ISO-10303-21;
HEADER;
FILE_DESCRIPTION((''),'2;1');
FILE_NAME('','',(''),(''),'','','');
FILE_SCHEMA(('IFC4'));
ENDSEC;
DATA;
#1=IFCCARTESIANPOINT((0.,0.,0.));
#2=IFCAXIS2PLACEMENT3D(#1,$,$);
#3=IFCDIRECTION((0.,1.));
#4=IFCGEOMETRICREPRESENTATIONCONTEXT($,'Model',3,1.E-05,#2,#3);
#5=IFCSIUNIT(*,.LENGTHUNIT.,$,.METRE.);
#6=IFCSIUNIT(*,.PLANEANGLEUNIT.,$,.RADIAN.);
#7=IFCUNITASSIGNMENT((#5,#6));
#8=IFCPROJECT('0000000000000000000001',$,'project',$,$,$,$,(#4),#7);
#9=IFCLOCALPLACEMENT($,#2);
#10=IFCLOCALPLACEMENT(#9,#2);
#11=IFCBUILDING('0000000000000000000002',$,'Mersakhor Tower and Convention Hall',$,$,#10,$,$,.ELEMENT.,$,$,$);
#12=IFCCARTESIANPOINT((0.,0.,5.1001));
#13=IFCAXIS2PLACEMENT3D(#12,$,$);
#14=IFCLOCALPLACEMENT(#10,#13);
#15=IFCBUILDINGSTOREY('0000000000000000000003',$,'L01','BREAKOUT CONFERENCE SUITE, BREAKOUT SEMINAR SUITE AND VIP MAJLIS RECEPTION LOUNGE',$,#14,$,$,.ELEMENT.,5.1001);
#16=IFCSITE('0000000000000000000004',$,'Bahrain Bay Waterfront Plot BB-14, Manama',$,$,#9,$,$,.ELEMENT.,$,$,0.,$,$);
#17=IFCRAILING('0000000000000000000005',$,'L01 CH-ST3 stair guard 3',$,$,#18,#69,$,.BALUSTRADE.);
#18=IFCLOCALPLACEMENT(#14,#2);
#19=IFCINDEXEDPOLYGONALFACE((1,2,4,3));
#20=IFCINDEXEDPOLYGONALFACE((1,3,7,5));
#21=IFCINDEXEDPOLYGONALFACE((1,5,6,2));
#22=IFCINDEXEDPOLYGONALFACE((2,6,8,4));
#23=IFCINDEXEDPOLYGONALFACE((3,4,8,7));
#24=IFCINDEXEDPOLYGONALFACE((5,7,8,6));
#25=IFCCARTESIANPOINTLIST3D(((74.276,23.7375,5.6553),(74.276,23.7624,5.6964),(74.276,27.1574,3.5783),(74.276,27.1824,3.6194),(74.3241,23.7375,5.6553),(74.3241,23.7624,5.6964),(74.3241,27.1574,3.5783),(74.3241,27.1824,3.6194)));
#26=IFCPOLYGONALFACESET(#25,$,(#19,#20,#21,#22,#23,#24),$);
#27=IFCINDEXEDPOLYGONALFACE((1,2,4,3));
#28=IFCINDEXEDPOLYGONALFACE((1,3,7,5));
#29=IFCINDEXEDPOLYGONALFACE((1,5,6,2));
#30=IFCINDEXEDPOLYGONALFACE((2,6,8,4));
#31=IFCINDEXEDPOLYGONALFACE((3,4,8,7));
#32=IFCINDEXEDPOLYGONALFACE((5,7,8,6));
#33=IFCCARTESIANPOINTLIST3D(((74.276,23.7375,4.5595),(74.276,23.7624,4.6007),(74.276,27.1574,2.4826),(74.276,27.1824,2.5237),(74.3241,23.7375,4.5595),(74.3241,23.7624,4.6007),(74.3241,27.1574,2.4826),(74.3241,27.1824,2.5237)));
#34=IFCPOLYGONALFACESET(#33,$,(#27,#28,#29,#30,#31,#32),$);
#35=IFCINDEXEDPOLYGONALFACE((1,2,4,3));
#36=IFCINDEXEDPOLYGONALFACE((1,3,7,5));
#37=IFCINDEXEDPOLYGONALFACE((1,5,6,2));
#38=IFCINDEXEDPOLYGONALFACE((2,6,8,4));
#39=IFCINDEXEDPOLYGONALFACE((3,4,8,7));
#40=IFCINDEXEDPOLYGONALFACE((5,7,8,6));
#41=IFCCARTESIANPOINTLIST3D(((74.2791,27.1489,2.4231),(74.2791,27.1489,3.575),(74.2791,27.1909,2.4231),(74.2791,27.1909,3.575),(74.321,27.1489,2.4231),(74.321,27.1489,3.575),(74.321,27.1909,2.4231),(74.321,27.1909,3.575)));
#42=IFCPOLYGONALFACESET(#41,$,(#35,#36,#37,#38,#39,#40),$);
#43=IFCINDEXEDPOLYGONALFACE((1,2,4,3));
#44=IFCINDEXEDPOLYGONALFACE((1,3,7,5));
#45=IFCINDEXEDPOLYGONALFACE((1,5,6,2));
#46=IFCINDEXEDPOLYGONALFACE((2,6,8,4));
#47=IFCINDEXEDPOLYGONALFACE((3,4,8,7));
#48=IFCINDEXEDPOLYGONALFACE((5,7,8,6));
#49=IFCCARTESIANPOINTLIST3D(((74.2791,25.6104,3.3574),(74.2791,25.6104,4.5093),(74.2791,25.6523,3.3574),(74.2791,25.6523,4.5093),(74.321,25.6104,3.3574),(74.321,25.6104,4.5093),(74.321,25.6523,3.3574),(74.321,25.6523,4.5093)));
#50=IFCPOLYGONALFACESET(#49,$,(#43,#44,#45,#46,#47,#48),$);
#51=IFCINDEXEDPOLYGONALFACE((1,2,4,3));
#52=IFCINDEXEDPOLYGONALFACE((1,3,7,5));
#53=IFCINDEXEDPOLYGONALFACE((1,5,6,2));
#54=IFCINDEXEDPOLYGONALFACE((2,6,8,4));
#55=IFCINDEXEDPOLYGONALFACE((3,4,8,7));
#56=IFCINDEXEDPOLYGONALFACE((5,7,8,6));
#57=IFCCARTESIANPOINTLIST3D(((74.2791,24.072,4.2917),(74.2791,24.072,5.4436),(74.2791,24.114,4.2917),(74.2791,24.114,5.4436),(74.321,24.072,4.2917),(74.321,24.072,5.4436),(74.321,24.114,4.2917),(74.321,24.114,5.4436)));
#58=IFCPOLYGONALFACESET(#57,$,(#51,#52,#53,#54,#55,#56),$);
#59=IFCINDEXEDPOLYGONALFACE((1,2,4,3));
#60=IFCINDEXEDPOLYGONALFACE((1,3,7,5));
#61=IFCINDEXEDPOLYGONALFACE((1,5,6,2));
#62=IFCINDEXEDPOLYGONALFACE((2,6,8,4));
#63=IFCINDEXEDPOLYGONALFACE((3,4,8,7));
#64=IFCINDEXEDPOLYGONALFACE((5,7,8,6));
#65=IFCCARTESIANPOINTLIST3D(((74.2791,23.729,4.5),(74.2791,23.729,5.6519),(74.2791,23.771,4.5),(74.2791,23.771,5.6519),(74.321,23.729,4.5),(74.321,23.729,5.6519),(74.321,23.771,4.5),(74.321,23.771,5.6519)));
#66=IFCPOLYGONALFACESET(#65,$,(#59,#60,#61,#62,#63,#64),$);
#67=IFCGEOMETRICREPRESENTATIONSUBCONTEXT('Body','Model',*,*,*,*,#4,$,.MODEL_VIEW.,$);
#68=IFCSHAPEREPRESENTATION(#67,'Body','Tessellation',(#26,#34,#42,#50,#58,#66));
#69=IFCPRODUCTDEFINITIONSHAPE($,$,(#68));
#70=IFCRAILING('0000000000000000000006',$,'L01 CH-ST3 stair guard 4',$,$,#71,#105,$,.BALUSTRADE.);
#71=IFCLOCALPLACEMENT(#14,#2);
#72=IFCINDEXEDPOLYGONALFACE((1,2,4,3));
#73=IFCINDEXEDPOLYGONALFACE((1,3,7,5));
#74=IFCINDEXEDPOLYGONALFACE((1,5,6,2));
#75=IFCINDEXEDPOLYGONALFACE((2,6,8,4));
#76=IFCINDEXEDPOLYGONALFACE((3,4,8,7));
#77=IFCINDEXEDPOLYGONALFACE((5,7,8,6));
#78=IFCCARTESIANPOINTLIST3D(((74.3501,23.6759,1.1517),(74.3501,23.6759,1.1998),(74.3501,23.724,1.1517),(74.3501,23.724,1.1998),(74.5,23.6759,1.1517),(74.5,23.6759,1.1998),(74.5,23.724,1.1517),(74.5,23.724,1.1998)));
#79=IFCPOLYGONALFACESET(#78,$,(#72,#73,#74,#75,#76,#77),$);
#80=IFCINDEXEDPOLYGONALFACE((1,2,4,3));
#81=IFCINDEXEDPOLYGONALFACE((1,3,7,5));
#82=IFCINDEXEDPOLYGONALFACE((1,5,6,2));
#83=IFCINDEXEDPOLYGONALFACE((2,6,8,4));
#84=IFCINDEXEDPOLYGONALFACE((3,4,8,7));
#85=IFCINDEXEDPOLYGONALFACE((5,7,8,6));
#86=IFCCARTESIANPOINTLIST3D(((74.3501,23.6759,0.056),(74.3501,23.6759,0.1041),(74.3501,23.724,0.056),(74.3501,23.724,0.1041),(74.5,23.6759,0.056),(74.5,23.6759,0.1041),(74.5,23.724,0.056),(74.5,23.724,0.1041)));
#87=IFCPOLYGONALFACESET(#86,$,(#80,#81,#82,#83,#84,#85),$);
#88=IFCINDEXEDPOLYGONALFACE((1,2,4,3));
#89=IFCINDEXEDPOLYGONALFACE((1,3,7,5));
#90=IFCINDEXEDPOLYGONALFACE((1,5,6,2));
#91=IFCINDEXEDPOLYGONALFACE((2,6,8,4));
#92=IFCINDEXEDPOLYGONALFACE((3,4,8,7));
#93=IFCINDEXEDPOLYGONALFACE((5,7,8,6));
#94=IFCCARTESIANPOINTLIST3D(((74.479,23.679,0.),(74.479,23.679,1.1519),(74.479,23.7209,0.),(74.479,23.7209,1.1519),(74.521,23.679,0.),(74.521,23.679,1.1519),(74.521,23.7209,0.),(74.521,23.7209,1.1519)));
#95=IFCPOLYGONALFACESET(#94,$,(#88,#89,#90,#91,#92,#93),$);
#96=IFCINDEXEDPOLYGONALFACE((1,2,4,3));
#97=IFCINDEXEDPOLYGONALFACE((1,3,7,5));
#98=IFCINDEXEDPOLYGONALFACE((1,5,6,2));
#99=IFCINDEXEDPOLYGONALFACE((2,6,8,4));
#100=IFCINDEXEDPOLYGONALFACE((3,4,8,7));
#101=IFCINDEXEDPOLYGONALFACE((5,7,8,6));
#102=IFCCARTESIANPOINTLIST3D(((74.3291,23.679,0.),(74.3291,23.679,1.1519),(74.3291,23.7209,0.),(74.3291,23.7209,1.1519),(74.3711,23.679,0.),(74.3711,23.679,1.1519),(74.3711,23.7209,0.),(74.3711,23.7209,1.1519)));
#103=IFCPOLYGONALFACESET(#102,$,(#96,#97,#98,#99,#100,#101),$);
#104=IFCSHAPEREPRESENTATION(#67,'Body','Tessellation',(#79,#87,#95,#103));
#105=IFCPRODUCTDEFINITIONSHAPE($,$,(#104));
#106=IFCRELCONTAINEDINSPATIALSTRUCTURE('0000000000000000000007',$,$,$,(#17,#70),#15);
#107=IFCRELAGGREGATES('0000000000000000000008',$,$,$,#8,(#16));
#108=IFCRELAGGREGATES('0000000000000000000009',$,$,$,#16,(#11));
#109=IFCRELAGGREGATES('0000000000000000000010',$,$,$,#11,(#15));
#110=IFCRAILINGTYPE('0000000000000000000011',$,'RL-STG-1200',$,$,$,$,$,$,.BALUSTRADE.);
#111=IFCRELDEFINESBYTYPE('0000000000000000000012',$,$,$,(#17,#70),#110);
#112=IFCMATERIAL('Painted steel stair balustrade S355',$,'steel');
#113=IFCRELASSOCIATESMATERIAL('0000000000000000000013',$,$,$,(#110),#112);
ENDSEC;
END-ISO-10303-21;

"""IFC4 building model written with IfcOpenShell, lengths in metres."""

from ifc_helpers import new_model, si_unit, direction, frame, origin, origin_2d, place, context, subcontext, project, spatial, rectangle, extrude, material, type_object, element, save


model = new_model("IFC4")

# Units and contexts
model_context = context("Model", 3, precision=1e-05, world=origin(), true_north=direction((0.0, 1.0)))
body_context = subcontext(model_context, "Body", "Model", "MODEL_VIEW")
ifc_project = project(units=[si_unit("LENGTHUNIT", "METRE"), si_unit("PLANEANGLEUNIT", "RADIAN")], contexts=[model_context])

# Site, building, storey
site_placement = place(None, origin())
site = spatial("IfcSite", under=ifc_project, at=site_placement, Name="Bahrain Bay Waterfront Plot BB-14, Manama", CompositionType="ELEMENT", RefElevation=0.0)
building_placement = place(site_placement, origin())
building = spatial("IfcBuilding", under=site, at=building_placement, Name="Mersakhor Tower and Convention Hall", CompositionType="ELEMENT")
storey_placement = place(building_placement, frame((0.0, 0.0, 5.1001)))
storey = spatial("IfcBuildingStorey", under=building, at=storey_placement, Name="L01", Description="BREAKOUT CONFERENCE SUITE, BREAKOUT SEMINAR SUITE AND VIP MAJLIS RECEPTION LOUNGE", CompositionType="ELEMENT", Elevation=5.1001)

# Railings
ifc_material_1 = material(Name="Painted steel stair balustrade S355", Category="steel")
railing_type_1 = type_object("IfcRailingType", Name="RL-STG-1200", PredefinedType="BALUSTRADE", material=ifc_material_1)
railing_1_placement = place(storey_placement, frame((74.3, 27.1699, 2.4231)))
element("IfcRailing", 1, at=railing_1_placement, inside=storey, type_object=railing_type_1, Name="L01 CH-ST3 stair guard 3", PredefinedType="BALUSTRADE", context=body_context, shape_type="SweptSolid", body=[
    extrude(rectangle(XDim=0.0481, YDim=0.0481, at=origin_2d()), frame((0.0, 0.0, 1.1758), z_axis=(0.0, -0.85473, 0.519074), x_axis=(1.0, 0.0, 0.0)), (0.0, 0.0, 1.0), 4.0012),
    extrude(rectangle(XDim=0.0481, YDim=0.0481, at=origin_2d()), frame((0.0, 0.0, 0.0801), z_axis=(0.0, -0.85473, 0.519074), x_axis=(1.0, 0.0, 0.0)), (0.0, 0.0, 1.0), 4.0012),
    extrude(rectangle(XDim=0.042, YDim=0.042, at=origin_2d()), origin(), (0.0, 0.0, 1.0), 1.1519),
    extrude(rectangle(XDim=0.042, YDim=0.042, at=origin_2d()), frame((0.0, -1.5386, 0.9343)), (0.0, 0.0, 1.0), 1.1519),
    extrude(rectangle(XDim=0.042, YDim=0.042, at=origin_2d()), frame((0.0, -3.0769, 1.8687)), (0.0, 0.0, 1.0), 1.1519),
    extrude(rectangle(XDim=0.042, YDim=0.042, at=origin_2d()), frame((0.0, -3.4199, 2.0769)), (0.0, 0.0, 1.0), 1.1519),
])
railing_2_placement = place(storey_placement, frame((74.5, 23.7, 0.0)))
element("IfcRailing", 2, at=railing_2_placement, inside=storey, type_object=railing_type_1, Name="L01 CH-ST3 stair guard 4", PredefinedType="BALUSTRADE", context=body_context, shape_type="SweptSolid", body=[
    extrude(rectangle(XDim=0.0481, YDim=0.0481, at=origin_2d()), frame((0.0, 0.0, 1.1758), z_axis=(-1.0, 0.0, 0.0), x_axis=(0.0, -1.0, 0.0)), (0.0, 0.0, 1.0), 0.1499),
    extrude(rectangle(XDim=0.0481, YDim=0.0481, at=origin_2d()), frame((0.0, 0.0, 0.0801), z_axis=(-1.0, 0.0, 0.0), x_axis=(0.0, -1.0, 0.0)), (0.0, 0.0, 1.0), 0.1499),
    extrude(rectangle(XDim=0.042, YDim=0.042, at=origin_2d()), origin(), (0.0, 0.0, 1.0), 1.1519),
    extrude(rectangle(XDim=0.042, YDim=0.042, at=origin_2d()), frame((-0.1499, 0.0, 0.0)), (0.0, 0.0, 1.0), 1.1519),
])

save(model, "model.ifc")
